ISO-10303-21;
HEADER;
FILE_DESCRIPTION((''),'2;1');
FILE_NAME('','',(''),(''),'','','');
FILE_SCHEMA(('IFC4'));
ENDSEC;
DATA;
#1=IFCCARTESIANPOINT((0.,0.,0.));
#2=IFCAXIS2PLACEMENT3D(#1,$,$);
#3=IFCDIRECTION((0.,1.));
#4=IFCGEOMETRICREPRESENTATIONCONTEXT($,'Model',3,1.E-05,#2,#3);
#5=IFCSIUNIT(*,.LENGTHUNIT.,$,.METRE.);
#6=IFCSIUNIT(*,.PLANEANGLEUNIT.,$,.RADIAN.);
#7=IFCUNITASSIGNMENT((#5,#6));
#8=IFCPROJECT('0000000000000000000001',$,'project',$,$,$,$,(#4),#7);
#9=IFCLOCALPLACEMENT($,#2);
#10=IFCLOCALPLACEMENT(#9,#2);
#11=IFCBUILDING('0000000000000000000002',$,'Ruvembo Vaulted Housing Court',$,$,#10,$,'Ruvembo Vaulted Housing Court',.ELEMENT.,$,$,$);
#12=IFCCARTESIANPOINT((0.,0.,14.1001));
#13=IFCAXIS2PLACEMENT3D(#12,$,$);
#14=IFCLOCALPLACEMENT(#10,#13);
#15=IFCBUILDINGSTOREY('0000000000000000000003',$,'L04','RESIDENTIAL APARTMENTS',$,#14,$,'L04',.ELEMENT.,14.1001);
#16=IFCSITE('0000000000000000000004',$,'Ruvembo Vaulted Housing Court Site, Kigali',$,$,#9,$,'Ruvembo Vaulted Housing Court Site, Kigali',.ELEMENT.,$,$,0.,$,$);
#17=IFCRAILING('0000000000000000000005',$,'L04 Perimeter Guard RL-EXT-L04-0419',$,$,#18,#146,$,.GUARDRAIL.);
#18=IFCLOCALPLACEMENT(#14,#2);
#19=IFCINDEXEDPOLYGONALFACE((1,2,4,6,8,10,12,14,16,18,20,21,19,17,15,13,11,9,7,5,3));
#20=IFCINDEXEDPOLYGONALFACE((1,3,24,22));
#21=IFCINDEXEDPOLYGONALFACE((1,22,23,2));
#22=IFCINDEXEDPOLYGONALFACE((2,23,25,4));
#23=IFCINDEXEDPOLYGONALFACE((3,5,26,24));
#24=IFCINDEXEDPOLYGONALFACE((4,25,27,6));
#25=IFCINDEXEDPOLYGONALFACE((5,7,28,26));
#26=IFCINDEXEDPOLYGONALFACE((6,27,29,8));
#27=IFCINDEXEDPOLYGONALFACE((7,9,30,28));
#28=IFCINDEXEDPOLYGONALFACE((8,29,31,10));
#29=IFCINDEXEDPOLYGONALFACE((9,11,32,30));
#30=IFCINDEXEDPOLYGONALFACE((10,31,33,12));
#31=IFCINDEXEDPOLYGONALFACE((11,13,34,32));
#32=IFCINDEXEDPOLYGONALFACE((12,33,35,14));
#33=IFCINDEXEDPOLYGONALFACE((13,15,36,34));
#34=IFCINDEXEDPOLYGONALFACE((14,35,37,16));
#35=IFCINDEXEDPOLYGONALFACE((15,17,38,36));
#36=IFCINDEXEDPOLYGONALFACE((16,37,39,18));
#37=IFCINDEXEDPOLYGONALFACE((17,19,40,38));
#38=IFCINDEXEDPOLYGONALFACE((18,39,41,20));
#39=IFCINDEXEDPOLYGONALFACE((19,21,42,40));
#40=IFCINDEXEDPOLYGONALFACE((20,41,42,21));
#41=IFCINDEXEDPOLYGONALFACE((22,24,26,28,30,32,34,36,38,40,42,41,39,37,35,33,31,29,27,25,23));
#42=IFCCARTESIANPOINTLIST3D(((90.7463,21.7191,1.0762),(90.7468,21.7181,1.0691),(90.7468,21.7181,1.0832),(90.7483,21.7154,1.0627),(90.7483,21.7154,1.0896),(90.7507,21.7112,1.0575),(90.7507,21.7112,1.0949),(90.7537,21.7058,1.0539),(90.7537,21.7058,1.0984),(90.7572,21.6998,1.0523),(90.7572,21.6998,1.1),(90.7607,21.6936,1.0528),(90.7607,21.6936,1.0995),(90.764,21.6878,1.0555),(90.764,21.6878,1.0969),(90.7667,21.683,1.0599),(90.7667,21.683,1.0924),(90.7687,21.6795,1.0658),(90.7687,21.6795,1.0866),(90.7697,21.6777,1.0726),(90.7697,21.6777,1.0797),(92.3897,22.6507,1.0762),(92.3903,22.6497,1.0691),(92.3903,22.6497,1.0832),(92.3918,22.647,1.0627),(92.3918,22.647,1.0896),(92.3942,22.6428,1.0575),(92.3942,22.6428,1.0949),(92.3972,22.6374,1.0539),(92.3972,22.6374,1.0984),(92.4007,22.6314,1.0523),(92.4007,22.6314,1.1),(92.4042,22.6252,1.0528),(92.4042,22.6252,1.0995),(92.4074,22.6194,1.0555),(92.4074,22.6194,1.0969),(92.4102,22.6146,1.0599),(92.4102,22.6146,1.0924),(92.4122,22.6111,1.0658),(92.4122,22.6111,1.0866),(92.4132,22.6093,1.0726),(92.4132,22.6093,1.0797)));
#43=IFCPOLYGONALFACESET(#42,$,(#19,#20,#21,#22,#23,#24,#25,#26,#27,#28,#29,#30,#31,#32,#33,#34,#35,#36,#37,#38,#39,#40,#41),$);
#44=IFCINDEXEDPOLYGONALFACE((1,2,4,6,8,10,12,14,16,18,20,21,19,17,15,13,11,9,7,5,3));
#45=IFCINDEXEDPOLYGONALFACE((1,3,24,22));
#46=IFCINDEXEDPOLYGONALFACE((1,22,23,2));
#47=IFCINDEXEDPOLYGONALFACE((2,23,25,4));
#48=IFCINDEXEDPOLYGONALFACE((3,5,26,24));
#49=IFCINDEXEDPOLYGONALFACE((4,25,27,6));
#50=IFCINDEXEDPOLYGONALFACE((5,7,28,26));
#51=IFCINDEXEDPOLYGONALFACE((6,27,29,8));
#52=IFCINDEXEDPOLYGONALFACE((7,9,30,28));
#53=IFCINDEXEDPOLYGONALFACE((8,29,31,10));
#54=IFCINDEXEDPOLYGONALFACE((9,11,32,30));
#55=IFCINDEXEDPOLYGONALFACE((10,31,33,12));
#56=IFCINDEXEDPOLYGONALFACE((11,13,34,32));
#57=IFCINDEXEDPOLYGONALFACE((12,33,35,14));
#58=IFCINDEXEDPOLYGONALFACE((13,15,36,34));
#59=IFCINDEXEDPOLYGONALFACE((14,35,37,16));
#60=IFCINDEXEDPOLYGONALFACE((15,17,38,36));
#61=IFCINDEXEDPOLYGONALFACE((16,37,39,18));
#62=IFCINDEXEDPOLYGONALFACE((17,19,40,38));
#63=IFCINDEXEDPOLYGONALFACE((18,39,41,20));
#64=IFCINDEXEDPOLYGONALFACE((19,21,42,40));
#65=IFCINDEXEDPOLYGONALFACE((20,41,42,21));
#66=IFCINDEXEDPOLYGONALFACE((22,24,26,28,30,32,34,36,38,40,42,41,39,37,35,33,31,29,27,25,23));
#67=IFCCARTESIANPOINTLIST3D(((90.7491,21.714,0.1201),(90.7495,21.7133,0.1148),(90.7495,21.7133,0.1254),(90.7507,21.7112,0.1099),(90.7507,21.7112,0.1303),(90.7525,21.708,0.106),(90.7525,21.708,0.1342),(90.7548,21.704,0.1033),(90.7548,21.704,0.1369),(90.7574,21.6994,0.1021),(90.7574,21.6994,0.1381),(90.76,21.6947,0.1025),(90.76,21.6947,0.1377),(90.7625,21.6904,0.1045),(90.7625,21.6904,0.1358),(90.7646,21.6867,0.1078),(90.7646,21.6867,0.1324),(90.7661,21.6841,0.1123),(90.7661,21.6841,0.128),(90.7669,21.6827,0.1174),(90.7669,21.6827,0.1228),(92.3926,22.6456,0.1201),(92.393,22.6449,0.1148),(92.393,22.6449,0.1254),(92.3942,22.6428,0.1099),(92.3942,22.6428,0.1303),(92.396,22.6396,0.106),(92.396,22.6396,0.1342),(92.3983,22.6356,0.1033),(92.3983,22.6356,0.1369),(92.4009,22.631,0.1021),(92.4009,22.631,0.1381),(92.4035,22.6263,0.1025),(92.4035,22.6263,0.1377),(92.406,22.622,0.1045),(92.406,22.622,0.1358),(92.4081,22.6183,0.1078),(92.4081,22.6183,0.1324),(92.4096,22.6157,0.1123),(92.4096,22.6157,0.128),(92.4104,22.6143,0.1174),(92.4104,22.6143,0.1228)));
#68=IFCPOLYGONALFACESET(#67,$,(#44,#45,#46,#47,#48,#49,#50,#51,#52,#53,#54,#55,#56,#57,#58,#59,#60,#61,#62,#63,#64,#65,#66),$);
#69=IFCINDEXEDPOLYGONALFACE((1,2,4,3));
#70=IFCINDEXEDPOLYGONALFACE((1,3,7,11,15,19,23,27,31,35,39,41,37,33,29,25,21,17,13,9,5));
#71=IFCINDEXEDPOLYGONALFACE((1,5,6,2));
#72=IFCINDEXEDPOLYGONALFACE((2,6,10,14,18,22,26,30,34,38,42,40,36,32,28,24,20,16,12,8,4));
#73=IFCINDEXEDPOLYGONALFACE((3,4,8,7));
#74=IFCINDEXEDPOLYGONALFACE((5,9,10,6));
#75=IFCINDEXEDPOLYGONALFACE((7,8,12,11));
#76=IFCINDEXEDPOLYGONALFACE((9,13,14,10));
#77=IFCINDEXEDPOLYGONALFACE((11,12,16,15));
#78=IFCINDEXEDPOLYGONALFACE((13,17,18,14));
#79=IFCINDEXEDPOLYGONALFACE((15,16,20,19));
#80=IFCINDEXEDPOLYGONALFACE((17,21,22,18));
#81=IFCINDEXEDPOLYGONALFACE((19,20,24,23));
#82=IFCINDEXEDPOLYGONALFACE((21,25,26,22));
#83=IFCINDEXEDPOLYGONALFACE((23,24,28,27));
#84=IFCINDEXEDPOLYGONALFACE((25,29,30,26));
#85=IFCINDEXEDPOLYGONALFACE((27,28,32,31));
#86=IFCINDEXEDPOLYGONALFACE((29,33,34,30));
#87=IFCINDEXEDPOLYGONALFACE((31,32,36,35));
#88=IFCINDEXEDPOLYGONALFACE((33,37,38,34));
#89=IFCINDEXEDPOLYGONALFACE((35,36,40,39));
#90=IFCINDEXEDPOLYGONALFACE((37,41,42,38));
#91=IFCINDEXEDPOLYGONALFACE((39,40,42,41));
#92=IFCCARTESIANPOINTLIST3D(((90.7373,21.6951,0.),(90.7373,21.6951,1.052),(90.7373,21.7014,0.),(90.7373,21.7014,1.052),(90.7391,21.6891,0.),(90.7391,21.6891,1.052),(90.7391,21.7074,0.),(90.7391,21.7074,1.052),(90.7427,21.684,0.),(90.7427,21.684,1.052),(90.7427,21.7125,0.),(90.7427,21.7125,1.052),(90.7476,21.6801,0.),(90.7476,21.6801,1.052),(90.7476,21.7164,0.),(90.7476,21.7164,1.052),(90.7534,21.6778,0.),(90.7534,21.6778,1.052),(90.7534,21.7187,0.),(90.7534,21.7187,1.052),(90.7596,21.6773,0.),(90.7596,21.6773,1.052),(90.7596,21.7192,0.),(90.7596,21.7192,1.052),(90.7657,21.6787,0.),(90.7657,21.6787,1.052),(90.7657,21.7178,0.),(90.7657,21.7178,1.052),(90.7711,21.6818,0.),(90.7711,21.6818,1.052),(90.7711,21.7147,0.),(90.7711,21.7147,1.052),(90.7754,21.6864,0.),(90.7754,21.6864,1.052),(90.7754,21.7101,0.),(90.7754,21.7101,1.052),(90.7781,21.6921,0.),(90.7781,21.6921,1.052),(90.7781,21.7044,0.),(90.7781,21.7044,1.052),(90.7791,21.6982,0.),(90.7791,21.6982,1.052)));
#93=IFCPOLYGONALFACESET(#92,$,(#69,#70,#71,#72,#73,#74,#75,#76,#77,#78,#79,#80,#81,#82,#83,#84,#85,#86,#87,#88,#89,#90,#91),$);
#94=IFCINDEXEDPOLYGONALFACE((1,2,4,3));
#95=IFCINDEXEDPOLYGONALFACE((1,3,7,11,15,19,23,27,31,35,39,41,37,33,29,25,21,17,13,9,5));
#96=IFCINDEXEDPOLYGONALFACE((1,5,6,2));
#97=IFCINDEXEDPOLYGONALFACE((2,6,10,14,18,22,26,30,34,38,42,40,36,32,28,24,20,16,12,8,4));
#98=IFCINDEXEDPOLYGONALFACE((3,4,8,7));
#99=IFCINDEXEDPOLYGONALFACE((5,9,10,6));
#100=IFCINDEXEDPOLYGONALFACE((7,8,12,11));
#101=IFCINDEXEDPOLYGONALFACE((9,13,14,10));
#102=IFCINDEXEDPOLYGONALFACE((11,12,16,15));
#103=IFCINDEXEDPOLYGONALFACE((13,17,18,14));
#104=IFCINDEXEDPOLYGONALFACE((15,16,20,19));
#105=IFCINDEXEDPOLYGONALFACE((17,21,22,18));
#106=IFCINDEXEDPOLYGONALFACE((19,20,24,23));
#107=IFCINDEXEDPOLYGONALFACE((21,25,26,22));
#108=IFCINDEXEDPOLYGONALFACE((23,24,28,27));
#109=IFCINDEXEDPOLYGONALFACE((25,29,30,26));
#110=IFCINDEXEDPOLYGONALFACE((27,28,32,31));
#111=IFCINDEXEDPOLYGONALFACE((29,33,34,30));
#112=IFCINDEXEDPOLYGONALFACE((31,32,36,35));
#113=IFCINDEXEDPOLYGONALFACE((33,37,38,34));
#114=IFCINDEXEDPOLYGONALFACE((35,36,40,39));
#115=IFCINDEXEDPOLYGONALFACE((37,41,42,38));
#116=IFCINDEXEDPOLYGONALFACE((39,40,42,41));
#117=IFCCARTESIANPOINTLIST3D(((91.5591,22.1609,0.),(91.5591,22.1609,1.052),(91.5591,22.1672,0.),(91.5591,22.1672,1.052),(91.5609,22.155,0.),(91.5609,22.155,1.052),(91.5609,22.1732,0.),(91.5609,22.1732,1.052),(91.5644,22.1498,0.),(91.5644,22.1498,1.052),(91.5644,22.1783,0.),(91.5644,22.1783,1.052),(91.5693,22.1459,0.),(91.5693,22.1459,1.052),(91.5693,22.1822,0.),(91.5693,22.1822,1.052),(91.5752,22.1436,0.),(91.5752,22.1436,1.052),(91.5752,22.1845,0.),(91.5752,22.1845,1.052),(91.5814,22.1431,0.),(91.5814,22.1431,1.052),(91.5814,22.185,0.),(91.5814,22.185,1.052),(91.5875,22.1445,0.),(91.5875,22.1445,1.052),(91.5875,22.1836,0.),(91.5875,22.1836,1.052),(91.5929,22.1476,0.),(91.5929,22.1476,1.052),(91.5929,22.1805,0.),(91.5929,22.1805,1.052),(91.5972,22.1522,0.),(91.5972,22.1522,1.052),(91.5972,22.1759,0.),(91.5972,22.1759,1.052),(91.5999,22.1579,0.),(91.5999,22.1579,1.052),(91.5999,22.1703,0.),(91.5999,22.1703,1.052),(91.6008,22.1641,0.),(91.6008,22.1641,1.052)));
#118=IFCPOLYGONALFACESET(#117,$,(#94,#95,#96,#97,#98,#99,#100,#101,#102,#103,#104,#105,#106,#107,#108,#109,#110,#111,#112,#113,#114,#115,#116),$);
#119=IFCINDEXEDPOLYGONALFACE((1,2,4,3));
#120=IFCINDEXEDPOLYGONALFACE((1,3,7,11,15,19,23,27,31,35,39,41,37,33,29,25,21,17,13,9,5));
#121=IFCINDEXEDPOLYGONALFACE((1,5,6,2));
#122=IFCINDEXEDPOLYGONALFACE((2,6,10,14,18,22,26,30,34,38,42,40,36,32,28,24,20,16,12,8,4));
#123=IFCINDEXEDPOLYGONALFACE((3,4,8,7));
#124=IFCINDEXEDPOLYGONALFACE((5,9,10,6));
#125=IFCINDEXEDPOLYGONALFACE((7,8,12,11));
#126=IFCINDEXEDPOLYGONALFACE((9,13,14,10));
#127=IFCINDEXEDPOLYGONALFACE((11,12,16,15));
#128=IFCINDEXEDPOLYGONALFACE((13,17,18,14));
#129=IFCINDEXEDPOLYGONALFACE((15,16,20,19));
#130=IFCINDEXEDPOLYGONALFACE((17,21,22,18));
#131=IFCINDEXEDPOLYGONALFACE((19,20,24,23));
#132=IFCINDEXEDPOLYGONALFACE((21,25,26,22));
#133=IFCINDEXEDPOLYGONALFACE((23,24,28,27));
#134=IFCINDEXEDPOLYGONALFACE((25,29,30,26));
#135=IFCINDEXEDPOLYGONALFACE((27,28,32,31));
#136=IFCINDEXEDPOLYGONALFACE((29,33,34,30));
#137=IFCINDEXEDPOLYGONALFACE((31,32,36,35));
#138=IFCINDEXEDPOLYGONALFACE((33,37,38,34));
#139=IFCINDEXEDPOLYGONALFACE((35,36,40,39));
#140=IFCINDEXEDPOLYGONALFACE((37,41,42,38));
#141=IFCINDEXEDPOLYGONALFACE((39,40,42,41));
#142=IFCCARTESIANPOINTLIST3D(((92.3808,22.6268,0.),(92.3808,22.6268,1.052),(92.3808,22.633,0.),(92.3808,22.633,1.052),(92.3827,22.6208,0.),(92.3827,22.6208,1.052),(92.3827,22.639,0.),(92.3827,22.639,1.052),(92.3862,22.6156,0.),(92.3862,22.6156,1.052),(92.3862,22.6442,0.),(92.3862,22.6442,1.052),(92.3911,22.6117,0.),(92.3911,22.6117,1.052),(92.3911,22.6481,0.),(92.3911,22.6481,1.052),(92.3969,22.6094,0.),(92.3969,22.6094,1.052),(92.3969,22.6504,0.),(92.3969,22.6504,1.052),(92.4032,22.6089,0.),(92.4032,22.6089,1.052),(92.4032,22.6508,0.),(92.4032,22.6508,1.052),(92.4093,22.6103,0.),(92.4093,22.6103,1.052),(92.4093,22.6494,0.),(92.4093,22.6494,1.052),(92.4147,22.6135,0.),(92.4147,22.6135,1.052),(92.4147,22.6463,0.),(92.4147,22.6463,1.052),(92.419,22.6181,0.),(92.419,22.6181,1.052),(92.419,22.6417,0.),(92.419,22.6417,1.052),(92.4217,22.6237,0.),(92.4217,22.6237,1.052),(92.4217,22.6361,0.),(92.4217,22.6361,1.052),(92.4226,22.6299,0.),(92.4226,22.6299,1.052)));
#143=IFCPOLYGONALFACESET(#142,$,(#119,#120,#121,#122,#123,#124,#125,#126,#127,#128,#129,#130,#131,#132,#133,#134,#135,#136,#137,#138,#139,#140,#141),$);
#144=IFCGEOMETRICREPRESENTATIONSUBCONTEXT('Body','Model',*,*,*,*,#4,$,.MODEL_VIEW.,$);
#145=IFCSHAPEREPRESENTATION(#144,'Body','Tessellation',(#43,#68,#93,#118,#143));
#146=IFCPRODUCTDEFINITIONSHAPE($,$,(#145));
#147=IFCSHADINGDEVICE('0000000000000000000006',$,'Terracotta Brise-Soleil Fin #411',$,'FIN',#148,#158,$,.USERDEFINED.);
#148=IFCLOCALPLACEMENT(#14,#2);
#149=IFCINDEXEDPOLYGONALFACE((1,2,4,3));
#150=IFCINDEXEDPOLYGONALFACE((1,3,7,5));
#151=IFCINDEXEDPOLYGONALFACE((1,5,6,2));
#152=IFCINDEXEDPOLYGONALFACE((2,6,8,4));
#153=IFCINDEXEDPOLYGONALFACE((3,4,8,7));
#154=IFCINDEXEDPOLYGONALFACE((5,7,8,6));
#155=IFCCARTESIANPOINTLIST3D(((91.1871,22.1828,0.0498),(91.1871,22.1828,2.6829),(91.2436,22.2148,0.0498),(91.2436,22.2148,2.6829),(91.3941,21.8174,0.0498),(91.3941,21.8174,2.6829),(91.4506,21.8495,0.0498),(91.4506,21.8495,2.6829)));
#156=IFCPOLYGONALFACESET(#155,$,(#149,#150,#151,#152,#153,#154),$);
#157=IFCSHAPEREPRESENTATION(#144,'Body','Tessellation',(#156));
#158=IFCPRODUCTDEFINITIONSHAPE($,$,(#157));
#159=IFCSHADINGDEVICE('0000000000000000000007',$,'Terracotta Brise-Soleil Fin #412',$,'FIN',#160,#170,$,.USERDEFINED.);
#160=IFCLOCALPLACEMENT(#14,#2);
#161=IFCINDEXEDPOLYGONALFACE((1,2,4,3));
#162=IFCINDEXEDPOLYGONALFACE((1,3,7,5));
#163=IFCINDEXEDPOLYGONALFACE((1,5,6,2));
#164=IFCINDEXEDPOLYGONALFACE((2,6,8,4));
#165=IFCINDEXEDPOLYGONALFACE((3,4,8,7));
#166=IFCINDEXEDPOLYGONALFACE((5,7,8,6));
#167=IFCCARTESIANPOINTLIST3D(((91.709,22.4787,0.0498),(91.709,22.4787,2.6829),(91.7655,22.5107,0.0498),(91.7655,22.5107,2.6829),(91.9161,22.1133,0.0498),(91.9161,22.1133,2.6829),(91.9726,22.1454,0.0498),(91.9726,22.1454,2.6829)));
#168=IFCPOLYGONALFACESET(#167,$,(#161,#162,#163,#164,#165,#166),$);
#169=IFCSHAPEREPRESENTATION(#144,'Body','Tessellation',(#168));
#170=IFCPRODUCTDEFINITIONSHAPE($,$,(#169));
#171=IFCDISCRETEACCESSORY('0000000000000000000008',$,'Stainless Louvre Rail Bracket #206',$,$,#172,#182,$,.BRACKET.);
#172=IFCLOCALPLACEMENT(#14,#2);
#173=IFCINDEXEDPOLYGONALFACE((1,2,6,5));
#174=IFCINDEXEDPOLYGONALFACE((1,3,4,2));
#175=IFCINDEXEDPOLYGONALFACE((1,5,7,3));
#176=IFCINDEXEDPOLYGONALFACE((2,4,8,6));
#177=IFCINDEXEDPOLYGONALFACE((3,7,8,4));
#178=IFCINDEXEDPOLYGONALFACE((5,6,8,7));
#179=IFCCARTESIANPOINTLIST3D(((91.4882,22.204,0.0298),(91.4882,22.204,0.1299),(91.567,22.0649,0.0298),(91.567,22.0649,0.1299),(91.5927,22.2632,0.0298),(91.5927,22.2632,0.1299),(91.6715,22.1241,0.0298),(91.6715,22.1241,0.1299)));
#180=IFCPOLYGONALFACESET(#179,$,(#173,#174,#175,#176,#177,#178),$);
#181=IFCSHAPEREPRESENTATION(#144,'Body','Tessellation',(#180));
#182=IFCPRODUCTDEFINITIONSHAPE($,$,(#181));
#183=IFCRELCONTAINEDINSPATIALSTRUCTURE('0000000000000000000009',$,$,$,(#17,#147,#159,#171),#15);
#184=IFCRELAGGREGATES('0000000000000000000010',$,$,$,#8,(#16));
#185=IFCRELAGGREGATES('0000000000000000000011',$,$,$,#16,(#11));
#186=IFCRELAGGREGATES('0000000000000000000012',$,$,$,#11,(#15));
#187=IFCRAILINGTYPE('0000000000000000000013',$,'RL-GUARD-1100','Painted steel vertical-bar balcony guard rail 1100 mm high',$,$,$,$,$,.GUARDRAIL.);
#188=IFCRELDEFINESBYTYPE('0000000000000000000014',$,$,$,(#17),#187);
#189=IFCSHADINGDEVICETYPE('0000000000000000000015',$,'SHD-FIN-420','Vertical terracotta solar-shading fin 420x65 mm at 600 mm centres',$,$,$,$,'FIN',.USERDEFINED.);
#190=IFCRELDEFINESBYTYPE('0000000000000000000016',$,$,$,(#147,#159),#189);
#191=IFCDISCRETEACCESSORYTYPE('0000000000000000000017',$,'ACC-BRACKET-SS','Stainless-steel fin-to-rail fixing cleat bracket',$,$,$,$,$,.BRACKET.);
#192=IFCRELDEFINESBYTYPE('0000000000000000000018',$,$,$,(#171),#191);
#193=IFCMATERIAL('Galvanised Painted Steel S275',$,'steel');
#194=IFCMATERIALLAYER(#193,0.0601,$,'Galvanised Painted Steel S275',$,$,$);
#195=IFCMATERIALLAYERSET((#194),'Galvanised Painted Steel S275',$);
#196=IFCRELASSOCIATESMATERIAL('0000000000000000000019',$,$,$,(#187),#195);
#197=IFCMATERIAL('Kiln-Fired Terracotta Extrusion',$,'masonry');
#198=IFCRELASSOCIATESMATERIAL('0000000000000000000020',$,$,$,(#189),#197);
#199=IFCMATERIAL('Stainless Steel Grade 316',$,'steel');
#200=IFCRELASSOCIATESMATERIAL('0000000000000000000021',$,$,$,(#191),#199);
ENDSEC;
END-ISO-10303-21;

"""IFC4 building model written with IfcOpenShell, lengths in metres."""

from ifc_helpers import new_model, si_unit, direction, frame, origin, origin_2d, place, context, subcontext, project, spatial, rectangle, circle, extrude, material, layer, layer_set, type_object, element, save


model = new_model("IFC4")

# Units and contexts
model_context = context("Model", 3, precision=1e-05, world=origin(), true_north=direction((0.0, 1.0)))
body_context = subcontext(model_context, "Body", "Model", "MODEL_VIEW")
ifc_project = project(units=[si_unit("LENGTHUNIT", "METRE"), si_unit("PLANEANGLEUNIT", "RADIAN")], contexts=[model_context])

# Site, building, storey
site_placement = place(None, origin())
site = spatial("IfcSite", under=ifc_project, at=site_placement, Name="Ruvembo Vaulted Housing Court Site, Kigali", LongName="Ruvembo Vaulted Housing Court Site, Kigali", CompositionType="ELEMENT", RefElevation=0.0)
building_placement = place(site_placement, origin())
building = spatial("IfcBuilding", under=site, at=building_placement, Name="Ruvembo Vaulted Housing Court", LongName="Ruvembo Vaulted Housing Court", CompositionType="ELEMENT")
storey_placement = place(building_placement, frame((0.0, 0.0, 14.1001)))
storey = spatial("IfcBuildingStorey", under=building, at=storey_placement, Name="L04", Description="RESIDENTIAL APARTMENTS", LongName="L04", CompositionType="ELEMENT", Elevation=14.1001)

# Railing
ifc_material_1 = material(Name="Galvanised Painted Steel S275", Category="steel")
ifc_layer_1 = layer(ifc_material_1, 0.0601, Name="Galvanised Painted Steel S275")
ifc_layer_set_1 = layer_set([ifc_layer_1], Name="Galvanised Painted Steel S275")
railing_type = type_object("IfcRailingType", Name="RL-GUARD-1100", Description="Painted steel vertical-bar balcony guard rail 1100 mm high", PredefinedType="GUARDRAIL", material=ifc_layer_set_1)
railing_placement = place(storey_placement, frame((90.7581, 21.6982, 0.0)))
element("IfcRailing", 1, at=railing_placement, inside=storey, type_object=railing_type, Name="L04 Perimeter Guard RL-EXT-L04-0419", PredefinedType="GUARDRAIL", context=body_context, shape_type="SweptSolid", body=[
    extrude(circle(Radius=0.0239, at=origin_2d()), frame((0.0, 0.0, 1.0762), z_axis=(0.869956, 0.49313, 0.0), x_axis=(-0.49313, 0.869956, 0.0)), (0.0, 0.0, 1.0), 1.8892),
    extrude(circle(Radius=0.0181, at=origin_2d()), frame((0.0, 0.0, 0.1201), z_axis=(0.869956, 0.49313, 0.0), x_axis=(-0.49313, 0.869956, 0.0)), (0.0, 0.0, 1.0), 1.8892),
    extrude(circle(Radius=0.021, at=origin_2d()), origin(), (0.0, 0.0, 1.0), 1.052),
    extrude(circle(Radius=0.021, at=origin_2d()), frame((0.8218, 0.4658, 0.0)), (0.0, 0.0, 1.0), 1.052),
    extrude(circle(Radius=0.021, at=origin_2d()), frame((1.6436, 0.9316, 0.0)), (0.0, 0.0, 1.0), 1.052),
])

# Shading devices
ifc_material_2 = material(Name="Kiln-Fired Terracotta Extrusion", Category="masonry")
shading_device_type = type_object("IfcShadingDeviceType", Name="SHD-FIN-420", Description="Vertical terracotta solar-shading fin 420x65 mm at 600 mm centres", ElementType="FIN", PredefinedType="USERDEFINED", material=ifc_material_2)
for number, where, z_axis, x_axis, name in (
    (2, (91.3188, 22.0161, 0.0498), (0.0, 0.0, 1.0), (0.493107, -0.869969, 0.0), "Terracotta Brise-Soleil Fin #411"),
    (3, (91.8408, 22.312, 0.0498), (0.0, 0.0, 1.0), (0.493107, -0.869969, 0.0), "Terracotta Brise-Soleil Fin #412"),
):
    element("IfcShadingDevice", number, at=place(storey_placement, frame(where, z_axis=z_axis, x_axis=x_axis)), inside=storey, type_object=shading_device_type, Name=name, ObjectType="FIN", PredefinedType="USERDEFINED", context=body_context, shape_type="SweptSolid", body=[
        extrude(rectangle(XDim=0.4199, YDim=0.0649, at=origin_2d()), origin(), (0.0, 0.0, 1.0), 2.6331),
    ])

# Discrete accessory
ifc_material_3 = material(Name="Stainless Steel Grade 316", Category="steel")
discrete_accessory_type = type_object("IfcDiscreteAccessoryType", Name="ACC-BRACKET-SS", Description="Stainless-steel fin-to-rail fixing cleat bracket", PredefinedType="BRACKET", material=ifc_material_3)
discrete_accessory_placement = place(storey_placement, frame((91.5798, 22.1641, 0.0298), z_axis=(0.0, 0.0, 1.0), x_axis=(0.493107, -0.869969, 0.0)))
element("IfcDiscreteAccessory", 4, at=discrete_accessory_placement, inside=storey, type_object=discrete_accessory_type, Name="Stainless Louvre Rail Bracket #206", PredefinedType="BRACKET", context=body_context, shape_type="SweptSolid", body=[
    extrude(rectangle(XDim=0.1599, YDim=0.1201, at=origin_2d()), origin(), (0.0, 0.0, 1.0), 0.1001),
])

save(model, "model.ifc")
